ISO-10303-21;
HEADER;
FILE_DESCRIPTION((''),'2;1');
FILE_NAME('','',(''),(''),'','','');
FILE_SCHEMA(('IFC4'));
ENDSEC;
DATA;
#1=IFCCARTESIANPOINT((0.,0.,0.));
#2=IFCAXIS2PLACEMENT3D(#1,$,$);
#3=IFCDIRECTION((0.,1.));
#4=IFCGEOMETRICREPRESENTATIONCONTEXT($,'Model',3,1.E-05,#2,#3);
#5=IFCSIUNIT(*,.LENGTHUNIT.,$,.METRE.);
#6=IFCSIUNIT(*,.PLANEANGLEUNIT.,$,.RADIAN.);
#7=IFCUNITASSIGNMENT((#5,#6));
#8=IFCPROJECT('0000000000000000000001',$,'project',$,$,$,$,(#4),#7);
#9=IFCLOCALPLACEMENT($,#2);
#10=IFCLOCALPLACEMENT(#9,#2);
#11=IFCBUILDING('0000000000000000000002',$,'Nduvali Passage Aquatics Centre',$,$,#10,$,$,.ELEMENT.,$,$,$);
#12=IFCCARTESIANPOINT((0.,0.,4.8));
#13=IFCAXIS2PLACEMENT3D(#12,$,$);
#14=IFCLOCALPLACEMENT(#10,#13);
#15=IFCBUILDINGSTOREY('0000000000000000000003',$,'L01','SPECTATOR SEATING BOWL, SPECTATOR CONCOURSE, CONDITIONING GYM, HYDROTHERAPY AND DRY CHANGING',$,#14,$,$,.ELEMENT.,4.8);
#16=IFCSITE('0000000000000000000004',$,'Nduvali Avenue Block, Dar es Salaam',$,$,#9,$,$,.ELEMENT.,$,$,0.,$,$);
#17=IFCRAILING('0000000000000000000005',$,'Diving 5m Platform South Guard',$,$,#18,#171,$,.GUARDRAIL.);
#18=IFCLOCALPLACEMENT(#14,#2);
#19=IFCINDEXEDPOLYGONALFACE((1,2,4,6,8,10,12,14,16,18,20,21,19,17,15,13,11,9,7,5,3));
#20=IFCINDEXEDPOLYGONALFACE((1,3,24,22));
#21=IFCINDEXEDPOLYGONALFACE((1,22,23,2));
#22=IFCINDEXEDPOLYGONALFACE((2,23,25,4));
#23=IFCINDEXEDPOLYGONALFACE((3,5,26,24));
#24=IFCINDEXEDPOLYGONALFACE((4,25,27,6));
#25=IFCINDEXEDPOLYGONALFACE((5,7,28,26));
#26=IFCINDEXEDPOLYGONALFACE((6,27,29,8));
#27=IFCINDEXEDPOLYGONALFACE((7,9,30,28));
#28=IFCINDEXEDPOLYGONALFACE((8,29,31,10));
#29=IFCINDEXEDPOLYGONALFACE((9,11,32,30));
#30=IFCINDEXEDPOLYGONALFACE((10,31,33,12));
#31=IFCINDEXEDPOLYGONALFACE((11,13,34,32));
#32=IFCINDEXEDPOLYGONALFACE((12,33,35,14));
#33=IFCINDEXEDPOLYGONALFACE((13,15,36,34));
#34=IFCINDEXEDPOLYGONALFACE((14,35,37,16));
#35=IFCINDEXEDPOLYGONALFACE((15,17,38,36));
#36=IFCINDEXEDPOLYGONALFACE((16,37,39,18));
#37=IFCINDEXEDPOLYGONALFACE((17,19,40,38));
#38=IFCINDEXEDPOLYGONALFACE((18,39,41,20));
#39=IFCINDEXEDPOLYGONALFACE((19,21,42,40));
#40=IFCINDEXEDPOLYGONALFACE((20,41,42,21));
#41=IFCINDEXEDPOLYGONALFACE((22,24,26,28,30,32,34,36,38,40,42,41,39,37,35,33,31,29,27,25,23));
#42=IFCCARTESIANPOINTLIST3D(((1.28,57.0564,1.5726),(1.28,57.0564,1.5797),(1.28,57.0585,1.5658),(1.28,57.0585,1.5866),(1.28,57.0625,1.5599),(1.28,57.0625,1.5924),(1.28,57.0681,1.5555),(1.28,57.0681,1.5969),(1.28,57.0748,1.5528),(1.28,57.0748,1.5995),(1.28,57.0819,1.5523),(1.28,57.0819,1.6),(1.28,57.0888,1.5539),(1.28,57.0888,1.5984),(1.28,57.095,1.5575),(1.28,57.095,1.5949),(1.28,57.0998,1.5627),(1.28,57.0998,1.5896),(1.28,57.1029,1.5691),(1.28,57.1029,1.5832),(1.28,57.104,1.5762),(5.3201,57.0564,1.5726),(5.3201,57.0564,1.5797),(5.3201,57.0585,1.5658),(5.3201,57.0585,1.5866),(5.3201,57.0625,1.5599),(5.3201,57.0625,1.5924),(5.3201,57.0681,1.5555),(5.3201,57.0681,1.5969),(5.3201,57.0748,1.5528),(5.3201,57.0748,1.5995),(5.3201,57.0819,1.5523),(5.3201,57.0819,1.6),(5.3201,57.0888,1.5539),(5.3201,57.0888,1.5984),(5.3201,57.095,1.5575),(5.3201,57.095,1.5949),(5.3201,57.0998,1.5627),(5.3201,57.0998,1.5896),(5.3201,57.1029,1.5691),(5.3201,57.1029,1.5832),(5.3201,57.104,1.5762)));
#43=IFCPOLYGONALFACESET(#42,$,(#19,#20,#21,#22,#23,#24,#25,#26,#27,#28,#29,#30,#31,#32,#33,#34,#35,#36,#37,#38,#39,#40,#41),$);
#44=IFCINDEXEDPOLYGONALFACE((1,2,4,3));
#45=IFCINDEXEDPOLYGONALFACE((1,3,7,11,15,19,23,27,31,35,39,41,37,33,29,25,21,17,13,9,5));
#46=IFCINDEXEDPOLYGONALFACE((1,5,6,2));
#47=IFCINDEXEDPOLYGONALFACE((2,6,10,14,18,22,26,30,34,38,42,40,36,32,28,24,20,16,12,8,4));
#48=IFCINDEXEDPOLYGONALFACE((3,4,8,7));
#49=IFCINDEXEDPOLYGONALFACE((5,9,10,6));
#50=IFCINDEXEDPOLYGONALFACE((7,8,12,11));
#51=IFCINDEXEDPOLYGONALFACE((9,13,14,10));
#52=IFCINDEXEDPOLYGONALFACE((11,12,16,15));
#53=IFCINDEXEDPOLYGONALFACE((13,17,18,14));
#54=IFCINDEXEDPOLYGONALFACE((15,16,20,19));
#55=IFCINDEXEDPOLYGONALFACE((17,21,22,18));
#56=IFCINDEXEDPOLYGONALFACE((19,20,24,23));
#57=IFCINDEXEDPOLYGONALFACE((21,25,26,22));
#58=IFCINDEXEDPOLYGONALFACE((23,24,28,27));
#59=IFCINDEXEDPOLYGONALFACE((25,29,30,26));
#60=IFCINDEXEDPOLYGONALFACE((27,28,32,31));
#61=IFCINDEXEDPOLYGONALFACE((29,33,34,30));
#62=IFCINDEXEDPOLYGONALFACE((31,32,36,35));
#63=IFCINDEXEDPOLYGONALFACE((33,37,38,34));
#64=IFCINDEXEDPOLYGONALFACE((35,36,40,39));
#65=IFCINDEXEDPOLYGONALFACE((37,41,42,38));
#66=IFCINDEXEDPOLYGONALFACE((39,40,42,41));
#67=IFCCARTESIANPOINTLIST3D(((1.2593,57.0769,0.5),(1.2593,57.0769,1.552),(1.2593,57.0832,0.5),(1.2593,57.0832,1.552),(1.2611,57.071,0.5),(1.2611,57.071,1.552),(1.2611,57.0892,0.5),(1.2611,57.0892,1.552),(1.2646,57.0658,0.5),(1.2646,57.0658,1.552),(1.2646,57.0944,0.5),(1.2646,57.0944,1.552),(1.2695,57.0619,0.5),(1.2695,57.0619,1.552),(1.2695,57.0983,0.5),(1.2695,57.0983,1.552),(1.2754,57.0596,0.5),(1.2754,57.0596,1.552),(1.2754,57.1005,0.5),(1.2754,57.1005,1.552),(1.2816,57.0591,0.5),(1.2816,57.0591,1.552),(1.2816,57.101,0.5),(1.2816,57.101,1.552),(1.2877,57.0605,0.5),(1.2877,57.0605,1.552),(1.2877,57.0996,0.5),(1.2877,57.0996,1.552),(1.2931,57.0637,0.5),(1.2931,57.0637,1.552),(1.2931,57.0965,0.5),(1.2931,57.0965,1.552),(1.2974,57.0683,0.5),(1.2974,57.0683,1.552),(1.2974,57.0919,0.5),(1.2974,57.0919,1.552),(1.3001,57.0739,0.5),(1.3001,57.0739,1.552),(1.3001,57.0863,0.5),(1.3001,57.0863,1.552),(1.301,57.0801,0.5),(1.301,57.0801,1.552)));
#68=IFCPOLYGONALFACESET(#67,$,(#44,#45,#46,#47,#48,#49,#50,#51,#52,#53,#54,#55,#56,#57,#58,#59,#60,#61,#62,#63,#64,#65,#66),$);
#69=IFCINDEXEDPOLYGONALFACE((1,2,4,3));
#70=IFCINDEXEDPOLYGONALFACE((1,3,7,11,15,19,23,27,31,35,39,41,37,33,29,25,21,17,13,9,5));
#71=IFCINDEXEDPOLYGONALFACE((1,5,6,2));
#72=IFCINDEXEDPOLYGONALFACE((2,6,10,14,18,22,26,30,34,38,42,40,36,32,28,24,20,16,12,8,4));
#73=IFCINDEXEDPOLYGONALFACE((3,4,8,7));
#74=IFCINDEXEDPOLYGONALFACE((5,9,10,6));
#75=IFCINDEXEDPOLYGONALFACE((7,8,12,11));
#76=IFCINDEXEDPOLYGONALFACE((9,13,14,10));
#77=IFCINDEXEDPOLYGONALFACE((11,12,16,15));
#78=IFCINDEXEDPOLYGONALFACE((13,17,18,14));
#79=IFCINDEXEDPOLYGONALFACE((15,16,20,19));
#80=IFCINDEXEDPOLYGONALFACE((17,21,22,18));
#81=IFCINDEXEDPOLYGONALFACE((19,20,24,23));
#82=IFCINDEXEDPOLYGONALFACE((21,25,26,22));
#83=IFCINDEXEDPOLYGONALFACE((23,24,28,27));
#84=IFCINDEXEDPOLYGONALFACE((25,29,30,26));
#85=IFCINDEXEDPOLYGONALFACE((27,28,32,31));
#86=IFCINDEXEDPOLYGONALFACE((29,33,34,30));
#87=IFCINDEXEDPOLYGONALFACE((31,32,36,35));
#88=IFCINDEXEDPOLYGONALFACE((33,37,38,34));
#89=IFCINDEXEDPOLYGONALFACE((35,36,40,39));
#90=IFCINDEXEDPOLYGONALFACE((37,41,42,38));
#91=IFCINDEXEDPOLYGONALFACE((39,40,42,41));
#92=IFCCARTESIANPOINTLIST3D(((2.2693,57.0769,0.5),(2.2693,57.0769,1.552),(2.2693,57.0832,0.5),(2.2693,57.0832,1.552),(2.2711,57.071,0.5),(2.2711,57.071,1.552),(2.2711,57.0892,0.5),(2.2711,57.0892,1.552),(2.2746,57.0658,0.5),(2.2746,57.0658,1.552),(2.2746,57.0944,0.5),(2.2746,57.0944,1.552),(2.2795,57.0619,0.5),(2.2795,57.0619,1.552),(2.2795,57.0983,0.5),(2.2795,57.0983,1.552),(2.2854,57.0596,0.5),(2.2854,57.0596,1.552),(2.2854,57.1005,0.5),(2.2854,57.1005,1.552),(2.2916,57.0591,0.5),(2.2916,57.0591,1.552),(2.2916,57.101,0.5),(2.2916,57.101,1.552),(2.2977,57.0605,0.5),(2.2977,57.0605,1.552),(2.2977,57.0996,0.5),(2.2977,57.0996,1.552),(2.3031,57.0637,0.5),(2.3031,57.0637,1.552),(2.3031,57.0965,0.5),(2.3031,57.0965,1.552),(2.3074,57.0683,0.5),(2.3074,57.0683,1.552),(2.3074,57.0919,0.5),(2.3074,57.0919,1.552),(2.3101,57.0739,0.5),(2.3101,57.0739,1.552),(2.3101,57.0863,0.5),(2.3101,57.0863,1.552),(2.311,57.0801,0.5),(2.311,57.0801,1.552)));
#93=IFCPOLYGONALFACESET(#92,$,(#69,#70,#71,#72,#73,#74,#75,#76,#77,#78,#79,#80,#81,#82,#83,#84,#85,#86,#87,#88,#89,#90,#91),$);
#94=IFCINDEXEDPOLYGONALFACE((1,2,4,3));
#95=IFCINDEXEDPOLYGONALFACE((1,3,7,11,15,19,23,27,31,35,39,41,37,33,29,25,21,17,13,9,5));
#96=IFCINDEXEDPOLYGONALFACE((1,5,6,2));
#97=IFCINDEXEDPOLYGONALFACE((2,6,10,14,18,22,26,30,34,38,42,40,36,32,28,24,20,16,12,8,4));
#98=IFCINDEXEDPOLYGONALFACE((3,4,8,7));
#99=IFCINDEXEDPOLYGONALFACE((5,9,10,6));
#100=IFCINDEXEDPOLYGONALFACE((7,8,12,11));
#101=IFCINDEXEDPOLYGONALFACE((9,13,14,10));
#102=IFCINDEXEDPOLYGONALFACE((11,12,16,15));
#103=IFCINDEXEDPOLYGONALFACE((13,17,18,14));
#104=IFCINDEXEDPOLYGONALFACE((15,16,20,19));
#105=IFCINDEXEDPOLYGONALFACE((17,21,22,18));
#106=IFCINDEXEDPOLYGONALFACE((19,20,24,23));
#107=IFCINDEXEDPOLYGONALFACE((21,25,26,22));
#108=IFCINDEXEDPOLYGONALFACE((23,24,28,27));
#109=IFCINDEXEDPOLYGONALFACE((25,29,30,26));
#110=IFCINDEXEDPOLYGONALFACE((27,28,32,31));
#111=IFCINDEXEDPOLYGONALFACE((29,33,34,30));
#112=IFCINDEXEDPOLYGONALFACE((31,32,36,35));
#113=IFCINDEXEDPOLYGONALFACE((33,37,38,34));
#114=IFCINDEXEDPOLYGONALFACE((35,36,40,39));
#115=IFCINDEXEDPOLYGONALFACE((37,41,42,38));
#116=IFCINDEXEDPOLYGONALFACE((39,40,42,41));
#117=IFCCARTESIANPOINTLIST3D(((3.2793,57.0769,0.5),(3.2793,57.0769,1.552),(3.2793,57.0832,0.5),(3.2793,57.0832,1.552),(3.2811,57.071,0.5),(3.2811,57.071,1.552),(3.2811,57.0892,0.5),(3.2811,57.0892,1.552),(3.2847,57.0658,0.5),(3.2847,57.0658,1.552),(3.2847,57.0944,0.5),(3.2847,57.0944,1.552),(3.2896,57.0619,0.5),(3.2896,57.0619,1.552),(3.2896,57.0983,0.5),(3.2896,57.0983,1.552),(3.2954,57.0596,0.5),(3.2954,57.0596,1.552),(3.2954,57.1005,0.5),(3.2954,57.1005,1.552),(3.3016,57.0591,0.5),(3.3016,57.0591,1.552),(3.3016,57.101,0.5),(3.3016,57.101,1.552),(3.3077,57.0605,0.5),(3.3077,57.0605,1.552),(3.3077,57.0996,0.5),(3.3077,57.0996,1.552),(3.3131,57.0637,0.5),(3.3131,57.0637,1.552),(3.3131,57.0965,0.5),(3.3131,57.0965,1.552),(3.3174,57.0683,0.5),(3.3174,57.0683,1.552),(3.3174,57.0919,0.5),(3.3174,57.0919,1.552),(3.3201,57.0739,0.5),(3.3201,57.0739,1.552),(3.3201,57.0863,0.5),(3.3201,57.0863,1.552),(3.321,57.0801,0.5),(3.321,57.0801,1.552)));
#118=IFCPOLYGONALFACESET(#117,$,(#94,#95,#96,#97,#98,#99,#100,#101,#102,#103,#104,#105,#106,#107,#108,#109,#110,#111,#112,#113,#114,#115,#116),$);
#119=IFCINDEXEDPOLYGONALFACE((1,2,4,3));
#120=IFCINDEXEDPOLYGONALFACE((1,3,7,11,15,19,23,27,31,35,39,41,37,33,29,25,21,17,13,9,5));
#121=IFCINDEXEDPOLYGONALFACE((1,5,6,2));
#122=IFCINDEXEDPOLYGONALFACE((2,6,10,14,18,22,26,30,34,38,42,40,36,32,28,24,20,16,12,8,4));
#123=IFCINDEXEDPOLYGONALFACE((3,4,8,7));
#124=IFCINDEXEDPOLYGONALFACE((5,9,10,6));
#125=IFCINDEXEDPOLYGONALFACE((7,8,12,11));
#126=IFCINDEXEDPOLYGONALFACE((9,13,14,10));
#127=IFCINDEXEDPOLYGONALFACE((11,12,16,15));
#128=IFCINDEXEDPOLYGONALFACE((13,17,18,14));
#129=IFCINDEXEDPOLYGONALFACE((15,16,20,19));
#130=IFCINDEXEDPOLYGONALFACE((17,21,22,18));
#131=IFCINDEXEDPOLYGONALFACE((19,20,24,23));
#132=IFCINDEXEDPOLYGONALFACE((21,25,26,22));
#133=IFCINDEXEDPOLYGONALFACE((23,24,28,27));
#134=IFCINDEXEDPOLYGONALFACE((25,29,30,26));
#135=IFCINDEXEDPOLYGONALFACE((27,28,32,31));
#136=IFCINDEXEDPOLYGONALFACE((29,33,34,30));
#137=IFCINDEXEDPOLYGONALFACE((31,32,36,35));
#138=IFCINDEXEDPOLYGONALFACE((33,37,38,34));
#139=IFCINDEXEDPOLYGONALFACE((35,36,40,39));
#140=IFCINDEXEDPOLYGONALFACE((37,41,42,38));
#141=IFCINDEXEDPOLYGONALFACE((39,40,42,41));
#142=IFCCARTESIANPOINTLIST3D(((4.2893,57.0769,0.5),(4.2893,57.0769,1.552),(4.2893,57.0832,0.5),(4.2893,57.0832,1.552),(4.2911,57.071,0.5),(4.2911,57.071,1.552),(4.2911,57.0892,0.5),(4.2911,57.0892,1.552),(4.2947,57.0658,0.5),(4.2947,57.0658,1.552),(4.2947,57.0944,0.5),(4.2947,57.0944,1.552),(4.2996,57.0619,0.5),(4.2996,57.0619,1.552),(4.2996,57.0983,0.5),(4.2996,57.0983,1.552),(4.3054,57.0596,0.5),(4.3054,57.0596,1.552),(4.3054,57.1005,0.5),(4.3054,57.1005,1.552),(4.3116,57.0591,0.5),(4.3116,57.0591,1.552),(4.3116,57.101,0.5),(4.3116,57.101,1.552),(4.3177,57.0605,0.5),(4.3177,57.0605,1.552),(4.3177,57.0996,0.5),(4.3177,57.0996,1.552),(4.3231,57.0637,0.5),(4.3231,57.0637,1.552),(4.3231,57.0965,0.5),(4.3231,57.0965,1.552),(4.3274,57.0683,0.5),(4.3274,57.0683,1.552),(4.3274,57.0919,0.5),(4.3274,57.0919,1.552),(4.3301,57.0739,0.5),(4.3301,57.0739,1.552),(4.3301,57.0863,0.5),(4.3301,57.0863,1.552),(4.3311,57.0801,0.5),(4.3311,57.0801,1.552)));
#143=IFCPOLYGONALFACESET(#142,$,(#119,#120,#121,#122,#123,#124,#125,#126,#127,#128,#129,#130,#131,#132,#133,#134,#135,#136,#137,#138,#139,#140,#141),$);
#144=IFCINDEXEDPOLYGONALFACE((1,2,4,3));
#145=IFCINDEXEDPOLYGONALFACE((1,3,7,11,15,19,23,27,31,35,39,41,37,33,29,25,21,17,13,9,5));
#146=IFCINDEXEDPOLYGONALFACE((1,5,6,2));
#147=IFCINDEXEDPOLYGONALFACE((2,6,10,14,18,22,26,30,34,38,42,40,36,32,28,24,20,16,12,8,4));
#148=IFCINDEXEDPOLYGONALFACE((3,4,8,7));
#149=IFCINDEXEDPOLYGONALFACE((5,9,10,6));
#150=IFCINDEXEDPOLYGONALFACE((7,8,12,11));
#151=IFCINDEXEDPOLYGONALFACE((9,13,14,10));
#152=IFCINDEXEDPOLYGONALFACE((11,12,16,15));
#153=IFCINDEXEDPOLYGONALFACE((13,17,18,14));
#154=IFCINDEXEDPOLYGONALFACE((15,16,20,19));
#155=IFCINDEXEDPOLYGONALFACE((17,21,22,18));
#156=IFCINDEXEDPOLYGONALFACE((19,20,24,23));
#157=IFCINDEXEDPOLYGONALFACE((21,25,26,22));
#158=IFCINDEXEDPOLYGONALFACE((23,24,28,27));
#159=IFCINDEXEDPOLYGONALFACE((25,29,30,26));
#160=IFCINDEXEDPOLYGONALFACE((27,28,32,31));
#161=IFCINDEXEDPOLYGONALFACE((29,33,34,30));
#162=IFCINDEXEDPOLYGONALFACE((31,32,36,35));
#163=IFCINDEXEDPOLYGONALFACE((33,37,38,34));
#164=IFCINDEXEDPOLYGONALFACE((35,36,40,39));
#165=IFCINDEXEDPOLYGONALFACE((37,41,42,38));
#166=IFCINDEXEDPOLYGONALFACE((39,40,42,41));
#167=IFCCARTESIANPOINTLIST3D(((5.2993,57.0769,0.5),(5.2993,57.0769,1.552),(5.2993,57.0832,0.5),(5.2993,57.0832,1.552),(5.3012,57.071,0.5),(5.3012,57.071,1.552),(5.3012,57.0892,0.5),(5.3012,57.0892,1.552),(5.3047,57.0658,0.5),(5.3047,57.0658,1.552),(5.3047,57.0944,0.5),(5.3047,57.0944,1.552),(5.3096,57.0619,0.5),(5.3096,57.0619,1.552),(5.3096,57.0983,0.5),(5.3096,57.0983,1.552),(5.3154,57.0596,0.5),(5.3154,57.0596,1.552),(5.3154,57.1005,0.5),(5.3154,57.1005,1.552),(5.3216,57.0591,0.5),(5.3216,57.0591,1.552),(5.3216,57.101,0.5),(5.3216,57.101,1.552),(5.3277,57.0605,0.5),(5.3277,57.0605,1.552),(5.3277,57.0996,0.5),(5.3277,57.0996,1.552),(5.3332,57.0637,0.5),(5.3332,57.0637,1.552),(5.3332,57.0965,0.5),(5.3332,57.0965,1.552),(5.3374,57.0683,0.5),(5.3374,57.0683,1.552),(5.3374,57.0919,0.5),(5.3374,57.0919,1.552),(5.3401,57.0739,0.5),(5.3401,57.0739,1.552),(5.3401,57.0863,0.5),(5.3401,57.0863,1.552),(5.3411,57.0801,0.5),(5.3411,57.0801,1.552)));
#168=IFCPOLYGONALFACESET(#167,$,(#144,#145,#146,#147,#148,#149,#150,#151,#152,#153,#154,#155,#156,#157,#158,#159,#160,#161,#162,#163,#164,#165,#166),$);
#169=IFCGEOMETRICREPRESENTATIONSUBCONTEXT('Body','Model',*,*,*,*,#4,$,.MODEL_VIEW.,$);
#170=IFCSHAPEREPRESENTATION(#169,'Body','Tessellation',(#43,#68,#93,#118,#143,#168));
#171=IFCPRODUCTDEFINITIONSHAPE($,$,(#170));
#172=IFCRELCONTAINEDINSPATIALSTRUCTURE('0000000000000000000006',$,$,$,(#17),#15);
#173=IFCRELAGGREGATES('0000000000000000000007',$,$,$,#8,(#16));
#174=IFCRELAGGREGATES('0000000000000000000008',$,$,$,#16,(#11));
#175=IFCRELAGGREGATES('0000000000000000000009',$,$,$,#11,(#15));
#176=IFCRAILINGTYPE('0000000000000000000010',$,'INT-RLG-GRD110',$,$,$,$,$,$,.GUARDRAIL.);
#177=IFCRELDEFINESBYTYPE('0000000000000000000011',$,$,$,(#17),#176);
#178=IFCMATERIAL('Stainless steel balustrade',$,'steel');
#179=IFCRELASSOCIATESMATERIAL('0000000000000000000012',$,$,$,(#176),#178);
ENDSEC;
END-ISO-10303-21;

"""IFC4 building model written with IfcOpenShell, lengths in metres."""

from ifc_helpers import new_model, si_unit, direction, frame, origin, origin_2d, place, context, subcontext, project, spatial, circle, extrude, material, type_object, element, save


model = new_model("IFC4")

# Units and contexts
model_context = context("Model", 3, precision=1e-05, world=origin(), true_north=direction((0.0, 1.0)))
body_context = subcontext(model_context, "Body", "Model", "MODEL_VIEW")
ifc_project = project(units=[si_unit("LENGTHUNIT", "METRE"), si_unit("PLANEANGLEUNIT", "RADIAN")], contexts=[model_context])

# Site, building, storey
site_placement = place(None, origin())
site = spatial("IfcSite", under=ifc_project, at=site_placement, Name="Nduvali Avenue Block, Dar es Salaam", CompositionType="ELEMENT", RefElevation=0.0)
building_placement = place(site_placement, origin())
building = spatial("IfcBuilding", under=site, at=building_placement, Name="Nduvali Passage Aquatics Centre", CompositionType="ELEMENT")
storey_placement = place(building_placement, frame((0.0, 0.0, 4.8)))
storey = spatial("IfcBuildingStorey", under=building, at=storey_placement, Name="L01", Description="SPECTATOR SEATING BOWL, SPECTATOR CONCOURSE, CONDITIONING GYM, HYDROTHERAPY AND DRY CHANGING", CompositionType="ELEMENT", Elevation=4.8)

# Railing
ifc_material_1 = material(Name="Stainless steel balustrade", Category="steel")
railing_type = type_object("IfcRailingType", Name="INT-RLG-GRD110", PredefinedType="GUARDRAIL", material=ifc_material_1)
railing_1_placement = place(storey_placement, frame((1.28, 57.0801, 0.5)))
element("IfcRailing", 1, at=railing_1_placement, inside=storey, type_object=railing_type, Name="Diving 5m Platform South Guard", PredefinedType="GUARDRAIL", context=body_context, shape_type="SweptSolid", body=[
    extrude(circle(Radius=0.0239, at=origin_2d()), frame((0.0, 0.0, 1.0762), z_axis=(1.0, 0.0, 0.0), x_axis=(0.0, 1.0, 0.0)), (0.0, 0.0, 1.0), 4.04),
    extrude(circle(Radius=0.021, at=origin_2d()), origin(), (0.0, 0.0, 1.0), 1.052),
    extrude(circle(Radius=0.021, at=origin_2d()), frame((1.01, 0.0, 0.0)), (0.0, 0.0, 1.0), 1.052),
    extrude(circle(Radius=0.021, at=origin_2d()), frame((2.02, 0.0, 0.0)), (0.0, 0.0, 1.0), 1.052),
    extrude(circle(Radius=0.021, at=origin_2d()), frame((3.03, 0.0, 0.0)), (0.0, 0.0, 1.0), 1.052),
    extrude(circle(Radius=0.021, at=origin_2d()), frame((4.04, 0.0, 0.0)), (0.0, 0.0, 1.0), 1.052),
])

save(model, "model.ifc")
